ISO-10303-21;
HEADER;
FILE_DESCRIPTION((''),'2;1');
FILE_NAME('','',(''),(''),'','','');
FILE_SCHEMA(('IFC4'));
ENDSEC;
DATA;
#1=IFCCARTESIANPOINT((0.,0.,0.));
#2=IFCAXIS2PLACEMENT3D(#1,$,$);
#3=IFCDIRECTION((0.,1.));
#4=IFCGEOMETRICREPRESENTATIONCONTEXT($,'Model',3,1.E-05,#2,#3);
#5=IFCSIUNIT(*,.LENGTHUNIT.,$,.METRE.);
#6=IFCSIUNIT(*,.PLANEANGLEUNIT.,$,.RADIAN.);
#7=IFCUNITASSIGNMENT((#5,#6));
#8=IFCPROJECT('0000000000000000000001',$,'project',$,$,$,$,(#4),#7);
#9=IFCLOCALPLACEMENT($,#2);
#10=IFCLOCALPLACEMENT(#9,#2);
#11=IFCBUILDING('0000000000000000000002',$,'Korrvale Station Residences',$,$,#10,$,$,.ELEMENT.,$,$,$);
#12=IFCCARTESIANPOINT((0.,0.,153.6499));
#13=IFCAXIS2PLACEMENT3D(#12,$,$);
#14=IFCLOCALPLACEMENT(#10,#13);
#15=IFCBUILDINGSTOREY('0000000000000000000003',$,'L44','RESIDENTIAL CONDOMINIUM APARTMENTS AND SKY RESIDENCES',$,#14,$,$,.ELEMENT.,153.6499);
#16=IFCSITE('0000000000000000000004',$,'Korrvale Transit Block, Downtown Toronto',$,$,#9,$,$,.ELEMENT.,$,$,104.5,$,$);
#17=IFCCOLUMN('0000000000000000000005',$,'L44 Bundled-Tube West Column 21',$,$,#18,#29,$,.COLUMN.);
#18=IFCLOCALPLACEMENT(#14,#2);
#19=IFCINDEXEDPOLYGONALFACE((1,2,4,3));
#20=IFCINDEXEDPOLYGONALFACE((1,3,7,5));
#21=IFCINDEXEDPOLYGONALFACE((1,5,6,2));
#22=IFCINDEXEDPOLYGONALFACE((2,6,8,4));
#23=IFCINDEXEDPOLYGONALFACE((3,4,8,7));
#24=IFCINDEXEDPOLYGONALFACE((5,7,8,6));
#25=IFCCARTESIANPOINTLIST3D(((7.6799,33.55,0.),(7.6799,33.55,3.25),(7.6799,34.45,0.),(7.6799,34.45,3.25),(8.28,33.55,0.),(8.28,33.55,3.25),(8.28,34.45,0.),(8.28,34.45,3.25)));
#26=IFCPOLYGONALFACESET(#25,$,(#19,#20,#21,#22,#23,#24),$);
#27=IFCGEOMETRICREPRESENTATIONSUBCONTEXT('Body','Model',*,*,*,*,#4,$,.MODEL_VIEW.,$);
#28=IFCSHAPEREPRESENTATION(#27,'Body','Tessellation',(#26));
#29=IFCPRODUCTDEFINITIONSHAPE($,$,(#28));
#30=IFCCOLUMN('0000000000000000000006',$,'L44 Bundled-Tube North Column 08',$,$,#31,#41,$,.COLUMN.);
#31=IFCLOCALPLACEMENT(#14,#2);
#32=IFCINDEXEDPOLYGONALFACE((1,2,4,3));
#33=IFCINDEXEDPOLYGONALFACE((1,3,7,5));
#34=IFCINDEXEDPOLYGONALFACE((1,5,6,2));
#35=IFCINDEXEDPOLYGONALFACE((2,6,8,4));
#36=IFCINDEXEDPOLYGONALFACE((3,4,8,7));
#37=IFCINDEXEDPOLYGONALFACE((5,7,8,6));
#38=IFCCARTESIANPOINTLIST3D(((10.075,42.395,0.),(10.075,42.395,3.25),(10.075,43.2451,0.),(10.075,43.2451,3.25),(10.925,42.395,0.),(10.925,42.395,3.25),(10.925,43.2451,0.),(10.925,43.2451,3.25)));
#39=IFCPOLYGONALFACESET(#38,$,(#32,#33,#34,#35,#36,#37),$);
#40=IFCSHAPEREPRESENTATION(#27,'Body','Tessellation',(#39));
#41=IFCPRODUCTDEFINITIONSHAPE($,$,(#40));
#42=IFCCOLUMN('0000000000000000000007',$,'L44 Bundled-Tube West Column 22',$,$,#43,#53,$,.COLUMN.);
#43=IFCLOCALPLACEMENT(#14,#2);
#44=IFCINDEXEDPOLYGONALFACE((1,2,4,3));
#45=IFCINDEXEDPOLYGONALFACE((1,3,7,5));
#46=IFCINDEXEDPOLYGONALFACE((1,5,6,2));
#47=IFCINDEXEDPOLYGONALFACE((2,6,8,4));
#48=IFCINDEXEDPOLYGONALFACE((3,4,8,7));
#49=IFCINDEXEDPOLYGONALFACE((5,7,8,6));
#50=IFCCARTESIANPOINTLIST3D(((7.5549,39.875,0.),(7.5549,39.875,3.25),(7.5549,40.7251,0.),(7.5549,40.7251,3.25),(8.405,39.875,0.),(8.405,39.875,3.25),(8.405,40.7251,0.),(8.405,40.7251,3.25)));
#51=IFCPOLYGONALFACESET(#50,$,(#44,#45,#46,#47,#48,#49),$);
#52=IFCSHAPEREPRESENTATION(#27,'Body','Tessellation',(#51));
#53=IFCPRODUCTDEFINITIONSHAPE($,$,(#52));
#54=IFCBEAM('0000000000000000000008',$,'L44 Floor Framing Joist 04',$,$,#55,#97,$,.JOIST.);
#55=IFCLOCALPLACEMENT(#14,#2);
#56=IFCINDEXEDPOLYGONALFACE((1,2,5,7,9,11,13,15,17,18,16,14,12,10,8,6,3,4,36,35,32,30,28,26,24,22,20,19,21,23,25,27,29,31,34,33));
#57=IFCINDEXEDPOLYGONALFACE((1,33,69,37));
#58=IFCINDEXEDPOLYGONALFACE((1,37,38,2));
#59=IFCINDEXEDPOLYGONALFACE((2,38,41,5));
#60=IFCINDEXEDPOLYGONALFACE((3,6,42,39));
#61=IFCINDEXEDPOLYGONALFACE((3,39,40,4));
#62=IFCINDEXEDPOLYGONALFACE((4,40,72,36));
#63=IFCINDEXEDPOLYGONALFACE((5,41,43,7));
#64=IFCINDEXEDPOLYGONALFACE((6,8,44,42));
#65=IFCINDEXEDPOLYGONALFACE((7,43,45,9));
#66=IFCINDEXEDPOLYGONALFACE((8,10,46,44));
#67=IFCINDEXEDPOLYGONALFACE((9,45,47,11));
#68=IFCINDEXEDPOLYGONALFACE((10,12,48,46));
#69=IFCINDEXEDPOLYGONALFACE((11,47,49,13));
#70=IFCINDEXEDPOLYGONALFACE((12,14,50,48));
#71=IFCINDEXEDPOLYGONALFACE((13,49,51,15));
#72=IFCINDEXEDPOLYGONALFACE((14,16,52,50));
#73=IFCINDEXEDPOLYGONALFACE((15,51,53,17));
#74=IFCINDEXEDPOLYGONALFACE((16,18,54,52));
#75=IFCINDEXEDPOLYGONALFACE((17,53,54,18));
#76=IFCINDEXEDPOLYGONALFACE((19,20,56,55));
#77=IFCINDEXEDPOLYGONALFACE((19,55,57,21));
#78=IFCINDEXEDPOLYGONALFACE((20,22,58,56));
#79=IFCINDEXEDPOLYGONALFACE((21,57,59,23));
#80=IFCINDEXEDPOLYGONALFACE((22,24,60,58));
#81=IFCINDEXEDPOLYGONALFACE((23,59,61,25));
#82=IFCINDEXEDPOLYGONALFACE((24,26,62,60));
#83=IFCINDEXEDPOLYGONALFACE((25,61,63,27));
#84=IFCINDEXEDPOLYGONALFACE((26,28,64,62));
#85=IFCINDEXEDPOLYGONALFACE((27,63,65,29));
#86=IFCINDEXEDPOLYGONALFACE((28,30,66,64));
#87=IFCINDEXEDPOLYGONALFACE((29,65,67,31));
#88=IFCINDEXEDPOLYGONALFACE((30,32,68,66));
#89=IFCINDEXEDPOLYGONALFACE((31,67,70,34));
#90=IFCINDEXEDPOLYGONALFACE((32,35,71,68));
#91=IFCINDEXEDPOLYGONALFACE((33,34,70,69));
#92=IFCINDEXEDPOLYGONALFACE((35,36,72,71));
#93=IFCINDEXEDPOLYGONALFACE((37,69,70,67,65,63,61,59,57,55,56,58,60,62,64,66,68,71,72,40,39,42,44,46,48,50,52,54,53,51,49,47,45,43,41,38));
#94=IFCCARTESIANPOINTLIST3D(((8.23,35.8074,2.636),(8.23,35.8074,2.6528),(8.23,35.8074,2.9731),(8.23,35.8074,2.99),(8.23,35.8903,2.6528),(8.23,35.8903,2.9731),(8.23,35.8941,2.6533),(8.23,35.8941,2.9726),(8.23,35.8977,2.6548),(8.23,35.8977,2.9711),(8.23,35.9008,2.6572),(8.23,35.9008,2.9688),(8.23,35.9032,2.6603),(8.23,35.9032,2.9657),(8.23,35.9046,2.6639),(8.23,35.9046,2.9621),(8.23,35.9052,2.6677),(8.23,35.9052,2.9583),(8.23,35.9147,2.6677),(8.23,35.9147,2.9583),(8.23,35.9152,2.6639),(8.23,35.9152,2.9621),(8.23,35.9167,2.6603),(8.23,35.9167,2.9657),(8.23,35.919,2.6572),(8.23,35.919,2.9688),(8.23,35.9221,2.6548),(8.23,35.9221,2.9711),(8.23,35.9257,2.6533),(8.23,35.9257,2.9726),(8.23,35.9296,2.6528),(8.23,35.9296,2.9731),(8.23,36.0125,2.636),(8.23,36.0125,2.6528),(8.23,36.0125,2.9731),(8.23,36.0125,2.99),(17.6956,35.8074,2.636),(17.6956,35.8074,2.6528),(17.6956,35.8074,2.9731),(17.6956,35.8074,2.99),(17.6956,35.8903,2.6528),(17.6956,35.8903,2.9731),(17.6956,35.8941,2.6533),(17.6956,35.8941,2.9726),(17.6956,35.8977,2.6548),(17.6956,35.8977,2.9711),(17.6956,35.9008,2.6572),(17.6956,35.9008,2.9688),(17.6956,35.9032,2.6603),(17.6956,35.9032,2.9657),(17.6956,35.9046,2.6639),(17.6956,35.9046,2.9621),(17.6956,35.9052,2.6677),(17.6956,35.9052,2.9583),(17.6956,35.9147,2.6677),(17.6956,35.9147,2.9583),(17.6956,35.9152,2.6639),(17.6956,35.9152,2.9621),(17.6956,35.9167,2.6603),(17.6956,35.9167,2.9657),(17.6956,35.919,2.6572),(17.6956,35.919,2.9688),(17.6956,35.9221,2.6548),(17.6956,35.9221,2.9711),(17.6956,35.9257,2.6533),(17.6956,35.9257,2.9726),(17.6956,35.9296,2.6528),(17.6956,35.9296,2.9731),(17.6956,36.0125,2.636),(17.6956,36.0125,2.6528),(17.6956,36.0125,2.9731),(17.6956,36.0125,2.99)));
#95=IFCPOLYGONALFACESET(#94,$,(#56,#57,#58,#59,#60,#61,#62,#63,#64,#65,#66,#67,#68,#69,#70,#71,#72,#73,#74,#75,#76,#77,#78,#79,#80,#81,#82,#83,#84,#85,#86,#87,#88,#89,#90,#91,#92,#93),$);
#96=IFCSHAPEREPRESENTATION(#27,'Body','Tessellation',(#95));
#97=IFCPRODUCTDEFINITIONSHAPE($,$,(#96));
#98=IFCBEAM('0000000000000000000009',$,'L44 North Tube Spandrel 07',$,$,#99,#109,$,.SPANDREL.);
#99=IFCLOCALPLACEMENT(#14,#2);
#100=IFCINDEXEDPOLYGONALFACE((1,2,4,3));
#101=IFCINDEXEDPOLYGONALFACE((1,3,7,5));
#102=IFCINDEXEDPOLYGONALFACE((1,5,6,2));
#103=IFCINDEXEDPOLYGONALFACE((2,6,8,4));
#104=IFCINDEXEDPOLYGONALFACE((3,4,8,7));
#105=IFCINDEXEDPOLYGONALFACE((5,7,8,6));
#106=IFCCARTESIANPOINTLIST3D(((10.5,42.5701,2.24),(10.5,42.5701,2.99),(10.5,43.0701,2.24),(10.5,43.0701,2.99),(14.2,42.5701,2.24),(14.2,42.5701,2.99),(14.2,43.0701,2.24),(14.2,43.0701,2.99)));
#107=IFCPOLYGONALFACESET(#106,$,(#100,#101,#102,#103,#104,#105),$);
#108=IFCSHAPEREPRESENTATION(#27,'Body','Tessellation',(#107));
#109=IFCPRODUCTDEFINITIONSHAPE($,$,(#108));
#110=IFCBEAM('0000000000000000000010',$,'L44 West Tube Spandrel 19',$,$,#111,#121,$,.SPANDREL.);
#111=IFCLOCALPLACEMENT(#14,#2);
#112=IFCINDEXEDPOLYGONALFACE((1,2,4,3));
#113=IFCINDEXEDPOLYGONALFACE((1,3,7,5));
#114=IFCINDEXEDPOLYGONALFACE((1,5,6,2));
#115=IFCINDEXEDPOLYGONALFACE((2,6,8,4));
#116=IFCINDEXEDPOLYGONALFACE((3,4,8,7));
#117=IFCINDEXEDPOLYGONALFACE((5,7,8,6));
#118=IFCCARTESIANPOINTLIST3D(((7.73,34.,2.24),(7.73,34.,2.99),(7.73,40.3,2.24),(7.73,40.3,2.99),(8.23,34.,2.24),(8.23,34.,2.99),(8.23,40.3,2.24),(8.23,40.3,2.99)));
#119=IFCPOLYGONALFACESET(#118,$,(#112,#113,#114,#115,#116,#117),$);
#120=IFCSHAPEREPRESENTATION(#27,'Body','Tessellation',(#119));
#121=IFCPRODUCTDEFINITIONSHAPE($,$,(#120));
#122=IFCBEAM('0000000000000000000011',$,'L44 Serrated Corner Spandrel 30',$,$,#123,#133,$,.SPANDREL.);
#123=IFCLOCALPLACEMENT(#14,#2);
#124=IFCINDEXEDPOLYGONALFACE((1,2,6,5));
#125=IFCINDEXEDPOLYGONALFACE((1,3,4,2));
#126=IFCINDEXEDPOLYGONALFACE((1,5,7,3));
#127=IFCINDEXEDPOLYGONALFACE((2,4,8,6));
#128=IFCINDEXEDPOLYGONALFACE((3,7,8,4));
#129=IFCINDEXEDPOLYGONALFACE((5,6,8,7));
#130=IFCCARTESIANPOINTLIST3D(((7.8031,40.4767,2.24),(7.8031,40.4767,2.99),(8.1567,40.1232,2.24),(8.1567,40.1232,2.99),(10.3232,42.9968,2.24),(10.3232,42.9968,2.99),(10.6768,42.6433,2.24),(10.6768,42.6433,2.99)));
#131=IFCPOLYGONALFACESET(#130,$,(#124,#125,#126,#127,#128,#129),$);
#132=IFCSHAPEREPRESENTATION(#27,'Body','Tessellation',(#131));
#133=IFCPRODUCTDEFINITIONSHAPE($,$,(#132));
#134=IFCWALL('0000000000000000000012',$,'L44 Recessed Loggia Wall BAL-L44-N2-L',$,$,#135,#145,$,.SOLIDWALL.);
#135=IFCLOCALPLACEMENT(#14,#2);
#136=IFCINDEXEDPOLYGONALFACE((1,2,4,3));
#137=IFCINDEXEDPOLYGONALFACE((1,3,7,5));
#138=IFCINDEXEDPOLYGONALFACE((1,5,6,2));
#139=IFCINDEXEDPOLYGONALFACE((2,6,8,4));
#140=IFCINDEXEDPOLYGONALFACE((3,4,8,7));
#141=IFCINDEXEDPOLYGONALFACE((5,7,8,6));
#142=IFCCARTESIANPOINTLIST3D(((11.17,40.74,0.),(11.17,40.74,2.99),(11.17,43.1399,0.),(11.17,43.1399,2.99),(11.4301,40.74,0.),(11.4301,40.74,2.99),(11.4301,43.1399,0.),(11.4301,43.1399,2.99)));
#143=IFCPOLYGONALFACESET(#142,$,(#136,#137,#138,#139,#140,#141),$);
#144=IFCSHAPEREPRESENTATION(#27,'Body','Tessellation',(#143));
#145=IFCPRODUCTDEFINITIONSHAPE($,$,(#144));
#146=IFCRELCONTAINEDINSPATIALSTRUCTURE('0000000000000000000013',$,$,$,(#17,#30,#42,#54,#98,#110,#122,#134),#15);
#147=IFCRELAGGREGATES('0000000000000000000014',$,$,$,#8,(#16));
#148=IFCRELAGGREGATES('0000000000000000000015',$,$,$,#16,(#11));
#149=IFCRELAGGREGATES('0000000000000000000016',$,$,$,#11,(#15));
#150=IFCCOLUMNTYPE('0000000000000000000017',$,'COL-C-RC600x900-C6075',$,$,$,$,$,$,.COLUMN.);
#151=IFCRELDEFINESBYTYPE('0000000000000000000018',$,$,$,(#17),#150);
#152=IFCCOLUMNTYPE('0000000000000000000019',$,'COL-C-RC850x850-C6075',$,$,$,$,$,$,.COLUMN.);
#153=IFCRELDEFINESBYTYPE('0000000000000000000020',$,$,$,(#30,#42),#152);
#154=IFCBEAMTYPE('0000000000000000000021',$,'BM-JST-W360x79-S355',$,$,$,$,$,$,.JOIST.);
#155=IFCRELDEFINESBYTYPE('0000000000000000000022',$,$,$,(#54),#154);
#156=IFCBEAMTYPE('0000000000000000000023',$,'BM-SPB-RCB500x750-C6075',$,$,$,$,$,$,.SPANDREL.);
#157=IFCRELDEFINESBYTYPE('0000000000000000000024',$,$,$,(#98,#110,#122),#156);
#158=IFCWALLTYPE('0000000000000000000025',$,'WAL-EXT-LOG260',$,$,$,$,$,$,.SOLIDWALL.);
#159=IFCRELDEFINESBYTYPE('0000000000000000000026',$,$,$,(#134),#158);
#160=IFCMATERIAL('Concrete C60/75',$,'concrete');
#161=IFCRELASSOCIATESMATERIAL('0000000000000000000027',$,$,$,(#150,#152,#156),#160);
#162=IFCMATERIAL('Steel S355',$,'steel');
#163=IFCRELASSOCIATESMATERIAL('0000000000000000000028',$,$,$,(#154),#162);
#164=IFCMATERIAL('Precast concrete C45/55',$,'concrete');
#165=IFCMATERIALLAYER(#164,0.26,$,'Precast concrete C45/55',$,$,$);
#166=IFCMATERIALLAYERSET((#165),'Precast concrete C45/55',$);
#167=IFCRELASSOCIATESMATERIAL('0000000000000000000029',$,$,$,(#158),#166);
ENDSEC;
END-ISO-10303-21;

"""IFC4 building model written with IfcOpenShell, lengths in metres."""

from ifc_helpers import new_model, si_unit, direction, frame, frame_2d, origin, origin_2d, place, context, subcontext, project, spatial, rectangle, i_section, extrude, material, layer, layer_set, material_profile, profile_set, type_object, element, save


model = new_model("IFC4")

# Units and contexts
model_context = context("Model", 3, precision=1e-05, world=origin(), true_north=direction((0.0, 1.0)))
body_context = subcontext(model_context, "Body", "Model", "MODEL_VIEW")
ifc_project = project(units=[si_unit("LENGTHUNIT", "METRE"), si_unit("PLANEANGLEUNIT", "RADIAN")], contexts=[model_context])

# Site, building, storey
site_placement = place(None, origin())
site = spatial("IfcSite", under=ifc_project, at=site_placement, Name="Korrvale Transit Block, Downtown Toronto", CompositionType="ELEMENT", RefElevation=104.5)
building_placement = place(site_placement, origin())
building = spatial("IfcBuilding", under=site, at=building_placement, Name="Korrvale Station Residences", CompositionType="ELEMENT")
storey_placement = place(building_placement, frame((0.0, 0.0, 153.6499)))
storey = spatial("IfcBuildingStorey", under=building, at=storey_placement, Name="L44", Description="RESIDENTIAL CONDOMINIUM APARTMENTS AND SKY RESIDENCES", CompositionType="ELEMENT", Elevation=153.6499)

# Columns
ifc_material_1 = material(Name="Concrete C60/75", Category="concrete")
ifc_material_profile_1 = material_profile(ifc_material_1, rectangle(XDim=0.6001, YDim=0.8999, at=origin_2d()), Name="RC600x900")
ifc_profile_set_1 = profile_set([ifc_material_profile_1], Name="Concrete C60/75")
column_type_1 = type_object("IfcColumnType", Name="COL-C-RC600x900-C6075", PredefinedType="COLUMN", material=ifc_profile_set_1)
column_placement = place(storey_placement, frame((7.98, 34.0, 0.0), z_axis=(0.0, 0.0, 1.0), x_axis=(1.0, 0.0, 0.0)))
element("IfcColumn", 1, at=column_placement, inside=storey, type_object=column_type_1, Name="L44 Bundled-Tube West Column 21", PredefinedType="COLUMN", context=body_context, shape_type="SweptSolid", body=[
    extrude(rectangle(XDim=0.6001, YDim=0.8999, at=origin_2d()), origin(), (0.0, 0.0, 1.0), 3.25),
])
ifc_material_profile_2 = material_profile(ifc_material_1, rectangle(XDim=0.8501, YDim=0.8501, at=origin_2d()), Name="RC850x850")
ifc_profile_set_2 = profile_set([ifc_material_profile_2], Name="Concrete C60/75")
column_type_2 = type_object("IfcColumnType", Name="COL-C-RC850x850-C6075", PredefinedType="COLUMN", material=ifc_profile_set_2)
for number, where, z_axis, x_axis, name in (
    (2, (10.5, 42.8201, 0.0), (0.0, 0.0, 1.0), (1.0, 0.0, 0.0), "L44 Bundled-Tube North Column 08"),
    (3, (7.98, 40.3, 0.0), (0.0, 0.0, 1.0), (1.0, 0.0, 0.0), "L44 Bundled-Tube West Column 22"),
):
    element("IfcColumn", number, at=place(storey_placement, frame(where, z_axis=z_axis, x_axis=x_axis)), inside=storey, type_object=column_type_2, Name=name, PredefinedType="COLUMN", context=body_context, shape_type="SweptSolid", body=[
        extrude(rectangle(XDim=0.8501, YDim=0.8501, at=origin_2d()), origin(), (0.0, 0.0, 1.0), 3.25),
    ])

# Beams
ifc_material_2 = material(Name="Steel S355", Category="steel")
ifc_material_profile_3 = material_profile(ifc_material_2, i_section(OverallWidth=0.2051, OverallDepth=0.354, WebThickness=0.0095, FlangeThickness=0.0168, FilletRadius=0.0149, at=origin_2d()), Name="W360x79")
ifc_profile_set_3 = profile_set([ifc_material_profile_3], Name="Steel S355")
beam_type_1 = type_object("IfcBeamType", Name="BM-JST-W360x79-S355", PredefinedType="JOIST", material=ifc_profile_set_3)
beam_1_placement = place(storey_placement, frame((8.23, 35.9099, 2.813), z_axis=(1.0, 0.0, 0.0), x_axis=(0.0, 1.0, 0.0)))
element("IfcBeam", 4, at=beam_1_placement, inside=storey, type_object=beam_type_1, Name="L44 Floor Framing Joist 04", PredefinedType="JOIST", context=body_context, shape_type="SweptSolid", body=[
    extrude(i_section(OverallWidth=0.2051, OverallDepth=0.354, WebThickness=0.0095, FlangeThickness=0.0168, FilletRadius=0.0149, at=origin_2d()), origin(), (0.0, 0.0, 1.0), 9.4656),
])
ifc_material_profile_4 = material_profile(ifc_material_1, rectangle(XDim=0.5, YDim=0.75, at=origin_2d()), Name="RCB500x750")
ifc_profile_set_4 = profile_set([ifc_material_profile_4], Name="Concrete C60/75")
beam_type_2 = type_object("IfcBeamType", Name="BM-SPB-RCB500x750-C6075", PredefinedType="SPANDREL", material=ifc_profile_set_4)
beam_2_placement = place(storey_placement, frame((10.5, 42.8201, 2.615), z_axis=(1.0, 0.0, 0.0), x_axis=(0.0, 1.0, 0.0)))
element("IfcBeam", 5, at=beam_2_placement, inside=storey, type_object=beam_type_2, Name="L44 North Tube Spandrel 07", PredefinedType="SPANDREL", context=body_context, shape_type="SweptSolid", body=[
    extrude(rectangle(XDim=0.5, YDim=0.75, at=origin_2d()), origin(), (0.0, 0.0, 1.0), 3.7),
])
beam_3_placement = place(storey_placement, frame((7.98, 34.0, 2.615), z_axis=(0.0, 1.0, 0.0), x_axis=(-1.0, 0.0, 0.0)))
element("IfcBeam", 6, at=beam_3_placement, inside=storey, type_object=beam_type_2, Name="L44 West Tube Spandrel 19", PredefinedType="SPANDREL", context=body_context, shape_type="SweptSolid", body=[
    extrude(rectangle(XDim=0.5, YDim=0.75, at=origin_2d()), origin(), (0.0, 0.0, 1.0), 6.3),
])
beam_4_placement = place(storey_placement, frame((10.5, 42.8201, 2.615), z_axis=(-0.707107, -0.707107, 0.0), x_axis=(0.707107, -0.707107, 0.0)))
element("IfcBeam", 7, at=beam_4_placement, inside=storey, type_object=beam_type_2, Name="L44 Serrated Corner Spandrel 30", PredefinedType="SPANDREL", context=body_context, shape_type="SweptSolid", body=[
    extrude(rectangle(XDim=0.5, YDim=0.75, at=origin_2d()), origin(), (0.0, 0.0, 1.0), 3.564),
])

# Wall
ifc_material_3 = material(Name="Precast concrete C45/55", Category="concrete")
ifc_layer_1 = layer(ifc_material_3, 0.26, Name="Precast concrete C45/55")
ifc_layer_set_1 = layer_set([ifc_layer_1], Name="Precast concrete C45/55")
wall_type_1 = type_object("IfcWallType", Name="WAL-EXT-LOG260", PredefinedType="SOLIDWALL", material=ifc_layer_set_1)
wall_1_placement = place(storey_placement, frame((11.3, 43.1399, 0.0), z_axis=(0.0, 0.0, 1.0), x_axis=(0.0, -1.0, 0.0)))
element("IfcWall", 8, at=wall_1_placement, inside=storey, type_object=wall_type_1, Name="L44 Recessed Loggia Wall BAL-L44-N2-L", PredefinedType="SOLIDWALL", context=body_context, shape_type="SweptSolid", body=[
    extrude(rectangle(XDim=2.3999, YDim=0.26, at=frame_2d((1.2, 0.0))), origin(), (0.0, 0.0, 1.0), 2.99),
])

save(model, "model.ifc")
